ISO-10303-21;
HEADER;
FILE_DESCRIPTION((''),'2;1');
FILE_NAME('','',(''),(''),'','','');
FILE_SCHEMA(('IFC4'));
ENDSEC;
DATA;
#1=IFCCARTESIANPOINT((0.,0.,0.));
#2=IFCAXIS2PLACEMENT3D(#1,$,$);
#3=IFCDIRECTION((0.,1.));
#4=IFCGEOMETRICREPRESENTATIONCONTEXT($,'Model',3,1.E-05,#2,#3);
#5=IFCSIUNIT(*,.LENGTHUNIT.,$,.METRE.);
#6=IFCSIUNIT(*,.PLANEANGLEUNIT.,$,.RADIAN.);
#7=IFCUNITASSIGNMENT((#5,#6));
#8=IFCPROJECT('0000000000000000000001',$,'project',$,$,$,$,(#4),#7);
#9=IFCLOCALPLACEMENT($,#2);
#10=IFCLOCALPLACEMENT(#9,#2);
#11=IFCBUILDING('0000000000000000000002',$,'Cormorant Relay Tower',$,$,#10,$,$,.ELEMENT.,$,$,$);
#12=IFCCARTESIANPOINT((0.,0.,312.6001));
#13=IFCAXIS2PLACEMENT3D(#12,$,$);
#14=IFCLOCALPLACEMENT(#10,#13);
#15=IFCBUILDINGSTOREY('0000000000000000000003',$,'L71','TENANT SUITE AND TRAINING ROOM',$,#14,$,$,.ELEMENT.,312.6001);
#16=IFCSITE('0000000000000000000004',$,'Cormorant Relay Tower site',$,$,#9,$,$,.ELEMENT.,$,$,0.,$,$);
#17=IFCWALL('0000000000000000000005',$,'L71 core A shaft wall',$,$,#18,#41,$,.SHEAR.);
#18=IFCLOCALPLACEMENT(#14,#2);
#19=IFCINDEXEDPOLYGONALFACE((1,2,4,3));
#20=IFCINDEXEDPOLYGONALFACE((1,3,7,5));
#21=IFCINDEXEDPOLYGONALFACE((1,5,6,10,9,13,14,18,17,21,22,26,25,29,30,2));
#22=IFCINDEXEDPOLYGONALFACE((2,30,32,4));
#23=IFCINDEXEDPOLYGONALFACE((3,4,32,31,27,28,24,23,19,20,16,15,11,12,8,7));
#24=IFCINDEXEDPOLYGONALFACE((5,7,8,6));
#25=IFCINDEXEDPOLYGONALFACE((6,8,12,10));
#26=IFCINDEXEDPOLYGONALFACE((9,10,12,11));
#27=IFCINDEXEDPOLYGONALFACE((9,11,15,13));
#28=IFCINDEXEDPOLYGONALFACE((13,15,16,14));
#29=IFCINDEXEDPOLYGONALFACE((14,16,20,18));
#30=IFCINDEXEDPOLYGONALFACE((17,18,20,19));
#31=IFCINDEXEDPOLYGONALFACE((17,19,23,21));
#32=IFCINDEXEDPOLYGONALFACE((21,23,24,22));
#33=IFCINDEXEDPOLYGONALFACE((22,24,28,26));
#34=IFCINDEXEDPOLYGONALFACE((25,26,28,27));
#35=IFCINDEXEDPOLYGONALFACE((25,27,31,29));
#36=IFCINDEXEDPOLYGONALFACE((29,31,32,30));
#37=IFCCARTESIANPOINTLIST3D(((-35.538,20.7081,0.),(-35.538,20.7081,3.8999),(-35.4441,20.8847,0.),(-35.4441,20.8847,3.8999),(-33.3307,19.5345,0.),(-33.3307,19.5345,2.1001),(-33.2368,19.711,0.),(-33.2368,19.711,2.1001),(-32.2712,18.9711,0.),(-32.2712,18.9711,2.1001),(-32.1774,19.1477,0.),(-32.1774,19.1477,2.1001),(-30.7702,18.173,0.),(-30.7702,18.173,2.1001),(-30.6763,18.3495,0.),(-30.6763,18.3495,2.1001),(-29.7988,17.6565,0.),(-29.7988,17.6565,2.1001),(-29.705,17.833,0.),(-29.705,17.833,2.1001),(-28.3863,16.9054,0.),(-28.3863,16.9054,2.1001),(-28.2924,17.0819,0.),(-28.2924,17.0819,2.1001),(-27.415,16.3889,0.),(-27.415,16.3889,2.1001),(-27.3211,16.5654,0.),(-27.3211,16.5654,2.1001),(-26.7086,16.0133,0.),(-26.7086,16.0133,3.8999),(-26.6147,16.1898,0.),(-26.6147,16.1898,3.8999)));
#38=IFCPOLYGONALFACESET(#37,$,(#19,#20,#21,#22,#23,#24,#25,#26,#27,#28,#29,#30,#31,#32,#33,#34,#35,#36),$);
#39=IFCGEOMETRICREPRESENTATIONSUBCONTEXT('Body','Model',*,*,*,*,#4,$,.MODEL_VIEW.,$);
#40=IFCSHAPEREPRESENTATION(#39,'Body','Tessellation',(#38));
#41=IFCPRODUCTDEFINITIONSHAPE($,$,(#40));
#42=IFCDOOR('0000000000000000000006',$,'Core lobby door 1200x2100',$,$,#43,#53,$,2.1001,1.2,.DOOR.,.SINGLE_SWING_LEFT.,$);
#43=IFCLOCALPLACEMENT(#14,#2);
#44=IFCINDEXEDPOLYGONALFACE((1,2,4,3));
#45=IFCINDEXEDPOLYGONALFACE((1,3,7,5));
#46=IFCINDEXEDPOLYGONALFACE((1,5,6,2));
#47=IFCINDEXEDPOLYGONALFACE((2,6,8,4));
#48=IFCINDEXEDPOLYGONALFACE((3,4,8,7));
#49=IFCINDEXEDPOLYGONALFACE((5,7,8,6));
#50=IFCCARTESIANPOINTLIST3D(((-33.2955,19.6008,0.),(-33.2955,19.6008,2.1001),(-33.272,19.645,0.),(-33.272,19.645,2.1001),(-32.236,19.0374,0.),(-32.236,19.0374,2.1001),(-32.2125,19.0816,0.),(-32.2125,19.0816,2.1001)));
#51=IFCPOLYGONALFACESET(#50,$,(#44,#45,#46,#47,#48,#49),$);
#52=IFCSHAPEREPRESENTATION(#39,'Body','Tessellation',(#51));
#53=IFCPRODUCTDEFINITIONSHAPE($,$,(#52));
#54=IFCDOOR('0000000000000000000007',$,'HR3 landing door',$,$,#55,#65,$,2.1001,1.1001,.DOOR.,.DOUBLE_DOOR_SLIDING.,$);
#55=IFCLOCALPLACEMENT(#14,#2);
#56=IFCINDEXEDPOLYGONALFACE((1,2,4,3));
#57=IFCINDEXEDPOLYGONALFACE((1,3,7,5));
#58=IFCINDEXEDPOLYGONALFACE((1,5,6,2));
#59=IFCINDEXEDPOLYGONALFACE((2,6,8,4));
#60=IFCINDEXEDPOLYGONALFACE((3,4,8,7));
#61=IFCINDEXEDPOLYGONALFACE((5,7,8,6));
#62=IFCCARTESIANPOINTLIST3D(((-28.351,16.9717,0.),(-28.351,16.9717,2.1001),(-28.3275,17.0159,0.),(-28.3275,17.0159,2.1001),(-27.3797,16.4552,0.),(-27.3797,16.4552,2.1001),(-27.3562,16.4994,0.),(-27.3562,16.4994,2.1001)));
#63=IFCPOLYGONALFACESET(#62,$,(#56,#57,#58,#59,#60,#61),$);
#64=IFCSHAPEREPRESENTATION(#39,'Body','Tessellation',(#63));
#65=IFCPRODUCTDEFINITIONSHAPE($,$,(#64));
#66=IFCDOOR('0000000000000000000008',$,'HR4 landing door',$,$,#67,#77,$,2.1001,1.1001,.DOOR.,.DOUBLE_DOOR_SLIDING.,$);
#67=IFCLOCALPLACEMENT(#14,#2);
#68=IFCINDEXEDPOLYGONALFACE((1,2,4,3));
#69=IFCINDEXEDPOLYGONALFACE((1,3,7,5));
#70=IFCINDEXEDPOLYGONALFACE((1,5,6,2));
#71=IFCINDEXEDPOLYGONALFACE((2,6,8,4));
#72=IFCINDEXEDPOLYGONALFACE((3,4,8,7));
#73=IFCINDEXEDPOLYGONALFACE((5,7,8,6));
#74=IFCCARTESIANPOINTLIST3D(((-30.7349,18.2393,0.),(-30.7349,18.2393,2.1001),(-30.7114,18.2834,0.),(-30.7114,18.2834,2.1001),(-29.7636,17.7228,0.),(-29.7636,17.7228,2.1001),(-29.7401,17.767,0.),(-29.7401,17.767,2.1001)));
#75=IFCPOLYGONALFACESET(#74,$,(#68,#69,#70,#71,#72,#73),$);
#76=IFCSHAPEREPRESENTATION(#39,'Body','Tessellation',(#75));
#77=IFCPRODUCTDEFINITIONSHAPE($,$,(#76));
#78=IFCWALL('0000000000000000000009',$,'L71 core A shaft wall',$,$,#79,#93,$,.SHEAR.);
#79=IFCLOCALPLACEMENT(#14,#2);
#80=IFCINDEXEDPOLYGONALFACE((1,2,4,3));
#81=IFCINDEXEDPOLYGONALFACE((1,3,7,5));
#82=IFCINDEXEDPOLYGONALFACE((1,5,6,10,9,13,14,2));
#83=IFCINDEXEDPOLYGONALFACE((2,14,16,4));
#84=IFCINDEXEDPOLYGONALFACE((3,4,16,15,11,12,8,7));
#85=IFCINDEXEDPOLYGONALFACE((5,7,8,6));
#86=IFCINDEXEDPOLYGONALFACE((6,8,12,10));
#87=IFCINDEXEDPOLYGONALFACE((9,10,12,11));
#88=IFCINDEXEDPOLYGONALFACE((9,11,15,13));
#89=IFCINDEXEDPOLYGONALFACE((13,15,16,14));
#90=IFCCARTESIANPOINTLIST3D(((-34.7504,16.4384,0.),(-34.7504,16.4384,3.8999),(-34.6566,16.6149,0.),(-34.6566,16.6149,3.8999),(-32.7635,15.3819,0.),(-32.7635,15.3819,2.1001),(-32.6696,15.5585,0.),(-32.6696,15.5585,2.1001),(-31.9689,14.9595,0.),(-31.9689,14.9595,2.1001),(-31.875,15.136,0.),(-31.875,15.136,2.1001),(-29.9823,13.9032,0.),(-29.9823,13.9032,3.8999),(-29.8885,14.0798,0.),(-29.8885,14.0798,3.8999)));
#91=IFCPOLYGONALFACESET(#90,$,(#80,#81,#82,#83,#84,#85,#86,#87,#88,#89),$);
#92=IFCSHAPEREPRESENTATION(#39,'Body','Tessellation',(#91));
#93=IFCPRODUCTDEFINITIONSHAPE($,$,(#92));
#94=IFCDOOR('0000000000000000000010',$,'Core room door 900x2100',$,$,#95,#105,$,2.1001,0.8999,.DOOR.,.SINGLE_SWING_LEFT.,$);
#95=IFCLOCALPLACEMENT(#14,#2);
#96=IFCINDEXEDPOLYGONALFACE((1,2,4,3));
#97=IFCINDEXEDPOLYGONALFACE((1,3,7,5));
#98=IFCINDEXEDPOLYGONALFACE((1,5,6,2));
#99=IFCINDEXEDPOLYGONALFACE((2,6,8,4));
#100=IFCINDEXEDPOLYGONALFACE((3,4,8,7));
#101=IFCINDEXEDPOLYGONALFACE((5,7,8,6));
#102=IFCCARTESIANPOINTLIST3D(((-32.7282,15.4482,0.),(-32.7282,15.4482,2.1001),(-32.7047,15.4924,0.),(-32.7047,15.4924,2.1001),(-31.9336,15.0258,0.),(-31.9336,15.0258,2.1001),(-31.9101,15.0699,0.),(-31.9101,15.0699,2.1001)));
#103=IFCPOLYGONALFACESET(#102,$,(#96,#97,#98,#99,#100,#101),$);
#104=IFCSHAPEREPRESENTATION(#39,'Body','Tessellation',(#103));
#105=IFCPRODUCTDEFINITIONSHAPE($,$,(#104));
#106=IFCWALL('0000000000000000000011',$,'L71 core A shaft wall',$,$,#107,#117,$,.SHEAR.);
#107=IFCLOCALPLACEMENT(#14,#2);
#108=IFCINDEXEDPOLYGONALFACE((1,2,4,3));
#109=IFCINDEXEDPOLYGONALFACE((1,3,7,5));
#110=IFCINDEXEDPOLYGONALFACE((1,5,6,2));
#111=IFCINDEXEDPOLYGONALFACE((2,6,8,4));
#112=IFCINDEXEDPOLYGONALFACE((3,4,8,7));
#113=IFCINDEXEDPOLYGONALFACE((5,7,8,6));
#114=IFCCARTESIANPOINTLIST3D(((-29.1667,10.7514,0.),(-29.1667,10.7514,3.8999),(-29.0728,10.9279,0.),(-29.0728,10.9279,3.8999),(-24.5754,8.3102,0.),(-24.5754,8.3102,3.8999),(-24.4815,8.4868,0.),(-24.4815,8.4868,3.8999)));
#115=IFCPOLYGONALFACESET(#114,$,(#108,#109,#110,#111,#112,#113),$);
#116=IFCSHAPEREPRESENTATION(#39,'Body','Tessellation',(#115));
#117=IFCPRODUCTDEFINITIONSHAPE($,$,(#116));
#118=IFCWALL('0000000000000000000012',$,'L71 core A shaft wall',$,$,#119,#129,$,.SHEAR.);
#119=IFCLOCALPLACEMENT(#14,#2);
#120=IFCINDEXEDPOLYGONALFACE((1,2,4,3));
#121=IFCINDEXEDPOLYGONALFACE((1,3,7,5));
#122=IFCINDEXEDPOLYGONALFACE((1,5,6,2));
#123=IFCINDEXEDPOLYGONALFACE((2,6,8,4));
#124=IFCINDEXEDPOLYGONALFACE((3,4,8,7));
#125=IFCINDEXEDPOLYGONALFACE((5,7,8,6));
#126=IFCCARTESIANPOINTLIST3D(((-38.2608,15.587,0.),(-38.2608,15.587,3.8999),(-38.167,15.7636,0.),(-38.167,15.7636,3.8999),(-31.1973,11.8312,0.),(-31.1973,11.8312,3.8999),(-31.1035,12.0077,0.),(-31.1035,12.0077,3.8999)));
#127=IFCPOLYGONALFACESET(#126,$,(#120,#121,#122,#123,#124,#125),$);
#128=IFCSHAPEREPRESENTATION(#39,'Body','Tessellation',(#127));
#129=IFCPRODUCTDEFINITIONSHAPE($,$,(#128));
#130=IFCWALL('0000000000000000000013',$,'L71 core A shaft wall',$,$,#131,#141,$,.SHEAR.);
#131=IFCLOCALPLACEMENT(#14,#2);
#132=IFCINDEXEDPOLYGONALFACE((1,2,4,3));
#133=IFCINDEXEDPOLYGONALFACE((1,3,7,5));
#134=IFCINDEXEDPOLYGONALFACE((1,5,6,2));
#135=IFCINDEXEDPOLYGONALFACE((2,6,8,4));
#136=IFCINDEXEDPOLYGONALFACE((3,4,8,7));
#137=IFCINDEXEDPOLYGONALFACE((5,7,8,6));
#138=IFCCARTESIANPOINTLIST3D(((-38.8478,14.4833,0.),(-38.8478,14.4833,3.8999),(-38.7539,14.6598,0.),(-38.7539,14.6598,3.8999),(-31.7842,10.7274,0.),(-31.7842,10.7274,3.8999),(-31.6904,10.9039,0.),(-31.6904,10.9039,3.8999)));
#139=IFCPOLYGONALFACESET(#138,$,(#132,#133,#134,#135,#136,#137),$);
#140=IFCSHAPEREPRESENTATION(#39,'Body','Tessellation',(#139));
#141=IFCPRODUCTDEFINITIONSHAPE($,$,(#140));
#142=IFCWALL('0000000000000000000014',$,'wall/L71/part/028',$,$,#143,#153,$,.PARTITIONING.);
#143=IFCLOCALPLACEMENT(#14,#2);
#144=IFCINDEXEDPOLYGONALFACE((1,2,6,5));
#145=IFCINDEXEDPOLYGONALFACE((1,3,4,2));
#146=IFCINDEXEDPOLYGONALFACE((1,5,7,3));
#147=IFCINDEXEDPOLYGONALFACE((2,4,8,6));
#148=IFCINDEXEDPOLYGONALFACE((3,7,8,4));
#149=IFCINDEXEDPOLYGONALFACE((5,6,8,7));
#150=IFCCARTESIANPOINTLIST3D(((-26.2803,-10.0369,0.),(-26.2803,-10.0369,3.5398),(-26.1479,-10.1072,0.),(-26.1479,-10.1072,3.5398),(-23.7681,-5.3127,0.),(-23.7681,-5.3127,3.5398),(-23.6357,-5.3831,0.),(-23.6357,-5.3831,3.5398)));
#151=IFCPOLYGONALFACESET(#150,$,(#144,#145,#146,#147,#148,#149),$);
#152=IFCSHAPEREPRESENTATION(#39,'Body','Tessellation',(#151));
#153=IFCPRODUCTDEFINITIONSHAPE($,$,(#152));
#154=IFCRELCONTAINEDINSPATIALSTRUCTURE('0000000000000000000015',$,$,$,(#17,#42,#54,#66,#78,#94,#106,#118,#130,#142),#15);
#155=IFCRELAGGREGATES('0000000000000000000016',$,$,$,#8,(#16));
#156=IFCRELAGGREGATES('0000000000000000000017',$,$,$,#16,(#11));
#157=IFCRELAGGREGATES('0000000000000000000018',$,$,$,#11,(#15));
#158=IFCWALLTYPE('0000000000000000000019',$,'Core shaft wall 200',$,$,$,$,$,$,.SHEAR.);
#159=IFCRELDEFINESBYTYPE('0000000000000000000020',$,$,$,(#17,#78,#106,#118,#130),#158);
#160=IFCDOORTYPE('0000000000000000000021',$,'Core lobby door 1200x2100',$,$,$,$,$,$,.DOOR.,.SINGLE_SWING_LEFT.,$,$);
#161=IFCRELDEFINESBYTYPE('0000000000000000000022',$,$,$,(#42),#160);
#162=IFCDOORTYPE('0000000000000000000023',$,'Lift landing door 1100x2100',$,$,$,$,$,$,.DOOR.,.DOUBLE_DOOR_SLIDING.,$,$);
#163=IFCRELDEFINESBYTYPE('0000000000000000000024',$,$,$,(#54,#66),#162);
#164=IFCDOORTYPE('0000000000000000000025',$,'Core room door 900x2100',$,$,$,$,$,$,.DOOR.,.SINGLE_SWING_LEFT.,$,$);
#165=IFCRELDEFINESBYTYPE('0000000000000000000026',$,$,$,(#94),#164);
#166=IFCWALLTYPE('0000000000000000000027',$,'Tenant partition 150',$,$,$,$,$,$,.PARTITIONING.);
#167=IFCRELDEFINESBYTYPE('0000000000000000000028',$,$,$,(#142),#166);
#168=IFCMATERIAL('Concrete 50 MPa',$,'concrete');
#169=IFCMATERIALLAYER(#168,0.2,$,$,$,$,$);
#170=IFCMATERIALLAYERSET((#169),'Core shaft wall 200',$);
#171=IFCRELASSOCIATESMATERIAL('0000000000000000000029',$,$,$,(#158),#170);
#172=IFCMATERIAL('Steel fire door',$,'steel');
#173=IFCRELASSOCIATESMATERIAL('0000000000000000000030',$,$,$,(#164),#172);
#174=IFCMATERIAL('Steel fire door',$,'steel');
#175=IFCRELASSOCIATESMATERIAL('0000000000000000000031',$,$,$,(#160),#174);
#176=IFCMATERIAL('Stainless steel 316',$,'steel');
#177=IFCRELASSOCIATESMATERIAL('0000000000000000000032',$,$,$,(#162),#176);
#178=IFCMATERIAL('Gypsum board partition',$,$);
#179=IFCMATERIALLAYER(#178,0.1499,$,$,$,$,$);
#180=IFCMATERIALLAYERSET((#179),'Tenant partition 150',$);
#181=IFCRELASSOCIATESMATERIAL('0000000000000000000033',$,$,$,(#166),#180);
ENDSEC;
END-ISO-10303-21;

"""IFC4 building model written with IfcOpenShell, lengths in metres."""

from ifc_helpers import new_model, si_unit, direction, frame, frame_2d, origin, place, context, subcontext, project, spatial, rectangle, extrude, material, layer, layer_set, type_object, element, fill, save


model = new_model("IFC4")

# Units and contexts
model_context = context("Model", 3, precision=1e-05, world=origin(), true_north=direction((0.0, 1.0)))
body_context = subcontext(model_context, "Body", "Model", "MODEL_VIEW")
ifc_project = project(units=[si_unit("LENGTHUNIT", "METRE"), si_unit("PLANEANGLEUNIT", "RADIAN")], contexts=[model_context])

# Site, building, storey
site_placement = place(None, origin())
site = spatial("IfcSite", under=ifc_project, at=site_placement, Name="Cormorant Relay Tower site", CompositionType="ELEMENT", RefElevation=0.0)
building_placement = place(site_placement, origin())
building = spatial("IfcBuilding", under=site, at=building_placement, Name="Cormorant Relay Tower", CompositionType="ELEMENT")
storey_placement = place(building_placement, frame((0.0, 0.0, 312.6001)))
storey = spatial("IfcBuildingStorey", under=building, at=storey_placement, Name="L71", Description="TENANT SUITE AND TRAINING ROOM", CompositionType="ELEMENT", Elevation=312.6001)

# Shared definitions
ifc_material_1 = material(Name="Concrete 50 MPa", Category="concrete")
ifc_layer_1 = layer(ifc_material_1, 0.2)
ifc_layer_set_1 = layer_set([ifc_layer_1], Name="Core shaft wall 200")
wall_type_1 = type_object("IfcWallType", Name="Core shaft wall 200", PredefinedType="SHEAR", material=ifc_layer_set_1)
ifc_material_2 = material(Name="Steel fire door", Category="steel")
door_type_1 = type_object("IfcDoorType", Name="Core room door 900x2100", OperationType="SINGLE_SWING_LEFT", PredefinedType="DOOR", material=ifc_material_2)

# Wall, openings, doors
wall_1_placement = place(storey_placement, frame((-26.6616, 16.1016, 0.0), z_axis=(0.0, 0.0, 1.0), x_axis=(-0.88294, 0.469485, 0.0)))
wall_1 = element("IfcWall", 1, at=wall_1_placement, inside=storey, type_object=wall_type_1, Name="L71 core A shaft wall", PredefinedType="SHEAR", context=body_context, shape_type="SweptSolid", body=[
    extrude(rectangle(XDim=10.0, YDim=0.2, at=frame_2d((5.0, 0.0))), origin(), (0.0, 0.0, 1.0), 3.8999),
])
opening_1_placement = place(wall_1_placement, frame((6.3, 0.0, 0.0)))
opening_1 = element("IfcOpeningElement", 2, at=opening_1_placement, cuts=wall_1, PredefinedType="OPENING", context=body_context, shape_type="SweptSolid", body=[
    extrude(rectangle(XDim=1.2, YDim=2.1001, at=frame_2d((0.6001, 1.05))), frame((0.0, 0.1099, 0.0), z_axis=(0.0, -1.0, 0.0), x_axis=(1.0, 0.0, 0.0)), (0.0, 0.0, 1.0), 0.22),
])
opening_2_placement = place(wall_1_placement, frame((0.8, 0.0, 0.0)))
opening_2 = element("IfcOpeningElement", 3, at=opening_2_placement, cuts=wall_1, PredefinedType="OPENING", context=body_context, shape_type="SweptSolid", body=[
    extrude(rectangle(XDim=1.1001, YDim=2.1001, at=frame_2d((0.55, 1.05))), frame((0.0, 0.1099, 0.0), z_axis=(0.0, -1.0, 0.0), x_axis=(1.0, 0.0, 0.0)), (0.0, 0.0, 1.0), 0.22),
])
opening_3_placement = place(wall_1_placement, frame((3.5, 0.0, 0.0)))
opening_3 = element("IfcOpeningElement", 4, at=opening_3_placement, cuts=wall_1, PredefinedType="OPENING", context=body_context, shape_type="SweptSolid", body=[
    extrude(rectangle(XDim=1.1001, YDim=2.1001, at=frame_2d((0.55, 1.05))), frame((0.0, 0.1099, 0.0), z_axis=(0.0, -1.0, 0.0), x_axis=(1.0, 0.0, 0.0)), (0.0, 0.0, 1.0), 0.22),
])
ifc_material_3 = material(Name="Steel fire door", Category="steel")
door_type_2 = type_object("IfcDoorType", Name="Core lobby door 1200x2100", OperationType="SINGLE_SWING_LEFT", PredefinedType="DOOR", material=ifc_material_3)
door_1_placement = place(opening_1_placement, origin())
door_1 = element("IfcDoor", 5, at=door_1_placement, inside=storey, type_object=door_type_2, Name="Core lobby door 1200x2100", OperationType="SINGLE_SWING_LEFT", OverallHeight=2.1001, OverallWidth=1.2, PredefinedType="DOOR", context=body_context, shape_type="SweptSolid", body=[
    extrude(rectangle(XDim=1.2, YDim=2.1001, at=frame_2d((0.6001, 1.05))), frame((0.0, 0.0249, 0.0), z_axis=(0.0, -1.0, 0.0), x_axis=(1.0, 0.0, 0.0)), (0.0, 0.0, 1.0), 0.05),
])
fill(opening_1, door_1)
ifc_material_4 = material(Name="Stainless steel 316", Category="steel")
door_type_3 = type_object("IfcDoorType", Name="Lift landing door 1100x2100", OperationType="DOUBLE_DOOR_SLIDING", PredefinedType="DOOR", material=ifc_material_4)
door_2_placement = place(opening_2_placement, origin())
door_2 = element("IfcDoor", 6, at=door_2_placement, inside=storey, type_object=door_type_3, Name="HR3 landing door", OperationType="DOUBLE_DOOR_SLIDING", OverallHeight=2.1001, OverallWidth=1.1001, PredefinedType="DOOR", context=body_context, shape_type="SweptSolid", body=[
    extrude(rectangle(XDim=1.1001, YDim=2.1001, at=frame_2d((0.55, 1.05))), frame((0.0, 0.0249, 0.0), z_axis=(0.0, -1.0, 0.0), x_axis=(1.0, 0.0, 0.0)), (0.0, 0.0, 1.0), 0.05),
])
fill(opening_2, door_2)
door_3_placement = place(opening_3_placement, origin())
door_3 = element("IfcDoor", 7, at=door_3_placement, inside=storey, type_object=door_type_3, Name="HR4 landing door", OperationType="DOUBLE_DOOR_SLIDING", OverallHeight=2.1001, OverallWidth=1.1001, PredefinedType="DOOR", context=body_context, shape_type="SweptSolid", body=[
    extrude(rectangle(XDim=1.1001, YDim=2.1001, at=frame_2d((0.55, 1.05))), frame((0.0, 0.0249, 0.0), z_axis=(0.0, -1.0, 0.0), x_axis=(1.0, 0.0, 0.0)), (0.0, 0.0, 1.0), 0.05),
])
fill(opening_3, door_3)

# Wall, opening, door
wall_2_placement = place(storey_placement, frame((-29.9353, 13.9915, 0.0), z_axis=(0.0, 0.0, 1.0), x_axis=(-0.882953, 0.469462, 0.0)))
wall_2 = element("IfcWall", 8, at=wall_2_placement, inside=storey, type_object=wall_type_1, Name="L71 core A shaft wall", PredefinedType="SHEAR", context=body_context, shape_type="SweptSolid", body=[
    extrude(rectangle(XDim=5.4001, YDim=0.2, at=frame_2d((2.7002, 0.0))), origin(), (0.0, 0.0, 1.0), 3.8999),
])
opening_4_placement = place(wall_2_placement, frame((2.25, 0.0, 0.0)))
opening_4 = element("IfcOpeningElement", 9, at=opening_4_placement, cuts=wall_2, PredefinedType="OPENING", context=body_context, shape_type="SweptSolid", body=[
    extrude(rectangle(XDim=0.8999, YDim=2.1001, at=frame_2d((0.45, 1.05))), frame((0.0, 0.1099, 0.0), z_axis=(0.0, -1.0, 0.0), x_axis=(1.0, 0.0, 0.0)), (0.0, 0.0, 1.0), 0.22),
])
door_4_placement = place(opening_4_placement, origin())
door_4 = element("IfcDoor", 10, at=door_4_placement, inside=storey, type_object=door_type_1, Name="Core room door 900x2100", OperationType="SINGLE_SWING_LEFT", OverallHeight=2.1001, OverallWidth=0.8999, PredefinedType="DOOR", context=body_context, shape_type="SweptSolid", body=[
    extrude(rectangle(XDim=0.8999, YDim=2.1001, at=frame_2d((0.45, 1.05))), frame((0.0, 0.0249, 0.0), z_axis=(0.0, -1.0, 0.0), x_axis=(1.0, 0.0, 0.0)), (0.0, 0.0, 1.0), 0.05),
])
fill(opening_4, door_4)

# Walls
wall_3_placement = place(storey_placement, frame((-24.5283, 8.3984, 0.0), z_axis=(0.0, 0.0, 1.0), x_axis=(-0.882954, 0.46946, 0.0)))
element("IfcWall", 11, at=wall_3_placement, inside=storey, type_object=wall_type_1, Name="L71 core A shaft wall", PredefinedType="SHEAR", context=body_context, shape_type="SweptSolid", body=[
    extrude(rectangle(XDim=5.2, YDim=0.2, at=frame_2d((2.6001, 0.0))), origin(), (0.0, 0.0, 1.0), 3.8999),
])
for number, where, z_axis, x_axis, name in (
    (12, (-31.1504, 11.9194, 0.0), (0.0, 0.0, 1.0), (-0.88294, 0.469485, 0.0), "L71 core A shaft wall"),
    (13, (-31.7373, 10.8157, 0.0), (0.0, 0.0, 1.0), (-0.88294, 0.469485, 0.0), "L71 core A shaft wall"),
):
    element("IfcWall", number, at=place(storey_placement, frame(where, z_axis=z_axis, x_axis=x_axis)), inside=storey, type_object=wall_type_1, Name=name, PredefinedType="SHEAR", context=body_context, shape_type="SweptSolid", body=[
        extrude(rectangle(XDim=8.0, YDim=0.2, at=frame_2d((4.0, 0.0))), origin(), (0.0, 0.0, 1.0), 3.8999),
    ])
ifc_material_5 = material(Name="Gypsum board partition")
ifc_layer_2 = layer(ifc_material_5, 0.1499)
ifc_layer_set_2 = layer_set([ifc_layer_2], Name="Tenant partition 150")
wall_type_2 = type_object("IfcWallType", Name="Tenant partition 150", PredefinedType="PARTITIONING", material=ifc_layer_set_2)
wall_4_placement = place(storey_placement, frame((-23.7019, -5.3479, 0.0), z_axis=(0.0, 0.0, 1.0), x_axis=(-0.469522, -0.882921, 0.0)))
element("IfcWall", 14, at=wall_4_placement, inside=storey, type_object=wall_type_2, Name="wall/L71/part/028", PredefinedType="PARTITIONING", context=body_context, shape_type="SweptSolid", body=[
    extrude(rectangle(XDim=5.3506, YDim=0.1499, at=frame_2d((2.6753, 0.0))), origin(), (0.0, 0.0, 1.0), 3.5398),
])

save(model, "model.ifc")
